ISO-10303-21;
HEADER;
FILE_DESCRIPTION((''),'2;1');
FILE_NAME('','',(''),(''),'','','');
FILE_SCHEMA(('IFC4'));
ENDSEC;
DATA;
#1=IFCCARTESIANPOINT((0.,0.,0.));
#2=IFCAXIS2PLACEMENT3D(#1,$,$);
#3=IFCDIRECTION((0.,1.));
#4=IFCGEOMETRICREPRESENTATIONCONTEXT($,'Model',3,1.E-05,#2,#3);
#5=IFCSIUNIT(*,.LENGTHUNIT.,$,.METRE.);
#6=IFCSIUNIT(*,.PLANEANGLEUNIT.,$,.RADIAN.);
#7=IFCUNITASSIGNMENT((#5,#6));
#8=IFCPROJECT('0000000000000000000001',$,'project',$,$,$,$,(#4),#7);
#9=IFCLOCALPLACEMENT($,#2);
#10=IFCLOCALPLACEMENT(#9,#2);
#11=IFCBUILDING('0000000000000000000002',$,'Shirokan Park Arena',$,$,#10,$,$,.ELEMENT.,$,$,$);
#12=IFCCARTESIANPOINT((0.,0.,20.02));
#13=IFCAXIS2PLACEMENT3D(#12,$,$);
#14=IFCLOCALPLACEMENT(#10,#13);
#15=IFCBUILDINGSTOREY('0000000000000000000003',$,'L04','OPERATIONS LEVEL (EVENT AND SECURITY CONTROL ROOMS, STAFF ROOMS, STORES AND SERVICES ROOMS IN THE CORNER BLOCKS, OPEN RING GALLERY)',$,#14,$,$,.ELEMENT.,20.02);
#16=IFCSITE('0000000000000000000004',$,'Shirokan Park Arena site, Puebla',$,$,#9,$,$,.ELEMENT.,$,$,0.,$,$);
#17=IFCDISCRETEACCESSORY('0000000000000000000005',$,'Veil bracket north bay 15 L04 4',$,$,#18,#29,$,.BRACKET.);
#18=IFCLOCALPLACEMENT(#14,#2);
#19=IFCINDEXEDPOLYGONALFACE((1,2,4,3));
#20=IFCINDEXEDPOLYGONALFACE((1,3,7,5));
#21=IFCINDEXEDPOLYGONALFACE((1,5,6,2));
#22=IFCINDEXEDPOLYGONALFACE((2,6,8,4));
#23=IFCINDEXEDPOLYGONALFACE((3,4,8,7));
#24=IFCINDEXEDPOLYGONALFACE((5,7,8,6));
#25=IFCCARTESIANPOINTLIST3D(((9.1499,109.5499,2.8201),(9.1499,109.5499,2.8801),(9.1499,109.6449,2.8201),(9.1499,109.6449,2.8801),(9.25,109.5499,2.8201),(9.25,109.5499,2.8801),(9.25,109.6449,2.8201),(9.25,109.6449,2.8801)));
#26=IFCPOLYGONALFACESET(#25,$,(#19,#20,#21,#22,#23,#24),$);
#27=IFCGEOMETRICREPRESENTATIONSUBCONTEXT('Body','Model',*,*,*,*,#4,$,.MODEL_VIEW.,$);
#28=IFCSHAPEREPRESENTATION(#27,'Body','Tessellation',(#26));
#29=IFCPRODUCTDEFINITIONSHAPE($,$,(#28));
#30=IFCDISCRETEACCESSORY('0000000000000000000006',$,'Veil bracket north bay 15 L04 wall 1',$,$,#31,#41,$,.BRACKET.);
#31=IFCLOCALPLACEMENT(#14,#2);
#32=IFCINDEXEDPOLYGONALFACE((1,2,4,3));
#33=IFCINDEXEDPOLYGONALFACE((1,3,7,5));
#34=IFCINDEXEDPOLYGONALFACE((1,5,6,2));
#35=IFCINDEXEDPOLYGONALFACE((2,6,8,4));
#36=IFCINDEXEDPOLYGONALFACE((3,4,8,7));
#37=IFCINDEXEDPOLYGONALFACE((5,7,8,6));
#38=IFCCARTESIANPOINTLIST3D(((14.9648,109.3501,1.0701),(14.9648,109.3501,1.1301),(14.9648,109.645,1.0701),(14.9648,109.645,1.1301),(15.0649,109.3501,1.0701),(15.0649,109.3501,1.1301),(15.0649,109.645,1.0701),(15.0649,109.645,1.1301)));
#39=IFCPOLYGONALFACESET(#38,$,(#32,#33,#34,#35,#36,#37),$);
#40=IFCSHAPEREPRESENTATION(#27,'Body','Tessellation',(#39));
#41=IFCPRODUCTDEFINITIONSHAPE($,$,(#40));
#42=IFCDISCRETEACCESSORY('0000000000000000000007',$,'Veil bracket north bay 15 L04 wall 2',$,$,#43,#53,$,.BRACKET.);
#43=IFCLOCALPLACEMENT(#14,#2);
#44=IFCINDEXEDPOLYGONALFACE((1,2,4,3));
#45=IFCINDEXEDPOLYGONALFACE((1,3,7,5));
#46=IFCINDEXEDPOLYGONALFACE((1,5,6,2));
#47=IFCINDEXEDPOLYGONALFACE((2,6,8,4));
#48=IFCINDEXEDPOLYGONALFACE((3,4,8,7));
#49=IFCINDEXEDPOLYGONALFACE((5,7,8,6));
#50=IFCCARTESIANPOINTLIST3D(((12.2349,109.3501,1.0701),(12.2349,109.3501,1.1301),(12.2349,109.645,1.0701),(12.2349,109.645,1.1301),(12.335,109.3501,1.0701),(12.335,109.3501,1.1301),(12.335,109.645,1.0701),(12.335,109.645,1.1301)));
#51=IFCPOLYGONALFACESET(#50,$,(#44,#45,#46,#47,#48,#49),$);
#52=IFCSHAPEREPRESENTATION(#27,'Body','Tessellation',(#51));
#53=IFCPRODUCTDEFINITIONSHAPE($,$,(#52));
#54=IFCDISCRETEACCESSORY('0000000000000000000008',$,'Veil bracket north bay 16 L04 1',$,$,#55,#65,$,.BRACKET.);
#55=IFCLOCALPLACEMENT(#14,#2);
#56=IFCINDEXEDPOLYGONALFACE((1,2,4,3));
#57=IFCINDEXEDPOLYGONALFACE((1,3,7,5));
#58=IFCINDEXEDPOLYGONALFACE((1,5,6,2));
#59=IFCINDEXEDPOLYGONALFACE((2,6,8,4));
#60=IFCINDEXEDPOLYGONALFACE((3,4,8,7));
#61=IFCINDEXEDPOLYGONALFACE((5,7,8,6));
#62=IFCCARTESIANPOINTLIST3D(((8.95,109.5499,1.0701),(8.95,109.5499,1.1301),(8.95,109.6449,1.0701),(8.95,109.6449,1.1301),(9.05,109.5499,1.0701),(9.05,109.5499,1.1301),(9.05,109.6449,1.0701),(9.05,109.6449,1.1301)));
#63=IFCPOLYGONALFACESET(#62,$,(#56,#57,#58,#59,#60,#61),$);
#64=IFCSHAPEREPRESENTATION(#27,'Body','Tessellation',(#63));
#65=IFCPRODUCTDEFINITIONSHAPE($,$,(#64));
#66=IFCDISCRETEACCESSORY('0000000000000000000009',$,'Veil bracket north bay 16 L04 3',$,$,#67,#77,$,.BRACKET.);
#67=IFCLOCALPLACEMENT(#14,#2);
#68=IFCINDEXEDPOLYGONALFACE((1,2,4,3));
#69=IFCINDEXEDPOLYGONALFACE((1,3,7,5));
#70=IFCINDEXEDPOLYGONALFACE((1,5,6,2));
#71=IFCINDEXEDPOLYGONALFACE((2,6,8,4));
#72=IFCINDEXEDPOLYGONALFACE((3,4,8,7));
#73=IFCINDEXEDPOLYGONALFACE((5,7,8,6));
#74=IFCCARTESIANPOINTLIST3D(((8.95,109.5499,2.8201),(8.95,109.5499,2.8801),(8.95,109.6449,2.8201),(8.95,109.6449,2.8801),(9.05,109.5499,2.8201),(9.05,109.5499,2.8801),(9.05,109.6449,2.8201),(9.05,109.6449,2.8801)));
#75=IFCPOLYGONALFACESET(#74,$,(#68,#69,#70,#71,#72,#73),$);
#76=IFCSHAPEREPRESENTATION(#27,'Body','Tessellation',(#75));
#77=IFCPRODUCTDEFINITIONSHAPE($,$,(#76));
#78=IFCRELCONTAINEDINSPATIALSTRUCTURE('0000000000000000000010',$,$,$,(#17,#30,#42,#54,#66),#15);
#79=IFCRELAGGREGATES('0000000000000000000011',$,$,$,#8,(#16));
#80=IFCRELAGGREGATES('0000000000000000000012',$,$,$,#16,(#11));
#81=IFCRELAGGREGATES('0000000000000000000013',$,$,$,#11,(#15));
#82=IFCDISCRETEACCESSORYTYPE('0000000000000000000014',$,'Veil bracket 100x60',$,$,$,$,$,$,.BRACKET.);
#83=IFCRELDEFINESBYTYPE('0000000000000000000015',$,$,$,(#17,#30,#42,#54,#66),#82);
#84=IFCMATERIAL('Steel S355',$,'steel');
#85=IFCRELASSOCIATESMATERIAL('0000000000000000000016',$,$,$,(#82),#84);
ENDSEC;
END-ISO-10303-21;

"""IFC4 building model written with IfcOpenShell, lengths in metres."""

from ifc_helpers import new_model, si_unit, direction, frame, origin, origin_2d, place, context, subcontext, project, spatial, rectangle, extrude, material, type_object, element, save


model = new_model("IFC4")

# Units and contexts
model_context = context("Model", 3, precision=1e-05, world=origin(), true_north=direction((0.0, 1.0)))
body_context = subcontext(model_context, "Body", "Model", "MODEL_VIEW")
ifc_project = project(units=[si_unit("LENGTHUNIT", "METRE"), si_unit("PLANEANGLEUNIT", "RADIAN")], contexts=[model_context])

# Site, building, storey
site_placement = place(None, origin())
site = spatial("IfcSite", under=ifc_project, at=site_placement, Name="Shirokan Park Arena site, Puebla", CompositionType="ELEMENT", RefElevation=0.0)
building_placement = place(site_placement, origin())
building = spatial("IfcBuilding", under=site, at=building_placement, Name="Shirokan Park Arena", CompositionType="ELEMENT")
storey_placement = place(building_placement, frame((0.0, 0.0, 20.02)))
storey = spatial("IfcBuildingStorey", under=building, at=storey_placement, Name="L04", Description="OPERATIONS LEVEL (EVENT AND SECURITY CONTROL ROOMS, STAFF ROOMS, STORES AND SERVICES ROOMS IN THE CORNER BLOCKS, OPEN RING GALLERY)", CompositionType="ELEMENT", Elevation=20.02)

# Discrete accessories
ifc_material_1 = material(Name="Steel S355", Category="steel")
discrete_accessory_type = type_object("IfcDiscreteAccessoryType", Name="Veil bracket 100x60", PredefinedType="BRACKET", material=ifc_material_1)
for number, where, z_axis, x_axis, name in (
    (1, (9.2, 109.5974, 2.8201), (0.0, 0.0, 1.0), (-1.0, 0.0, 0.0), "Veil bracket north bay 15 L04 4"),
):
    element("IfcDiscreteAccessory", number, at=place(storey_placement, frame(where, z_axis=z_axis, x_axis=x_axis)), inside=storey, type_object=discrete_accessory_type, Name=name, PredefinedType="BRACKET", context=body_context, shape_type="SweptSolid", body=[
        extrude(rectangle(XDim=0.1001, YDim=0.095, at=origin_2d()), origin(), (0.0, 0.0, 1.0), 0.0601),
    ])
for number, where, z_axis, x_axis, name in (
    (2, (15.0149, 109.4976, 1.0701), (0.0, 0.0, 1.0), (-1.0, 0.0, 0.0), "Veil bracket north bay 15 L04 wall 1"),
    (3, (12.2849, 109.4976, 1.0701), (0.0, 0.0, 1.0), (-1.0, 0.0, 0.0), "Veil bracket north bay 15 L04 wall 2"),
):
    element("IfcDiscreteAccessory", number, at=place(storey_placement, frame(where, z_axis=z_axis, x_axis=x_axis)), inside=storey, type_object=discrete_accessory_type, Name=name, PredefinedType="BRACKET", context=body_context, shape_type="SweptSolid", body=[
        extrude(rectangle(XDim=0.1001, YDim=0.2949, at=origin_2d()), origin(), (0.0, 0.0, 1.0), 0.0601),
    ])
for number, where, z_axis, x_axis, name in (
    (4, (9.0, 109.5974, 1.0701), (0.0, 0.0, 1.0), (-1.0, 0.0, 0.0), "Veil bracket north bay 16 L04 1"),
    (5, (9.0, 109.5974, 2.8201), (0.0, 0.0, 1.0), (-1.0, 0.0, 0.0), "Veil bracket north bay 16 L04 3"),
):
    element("IfcDiscreteAccessory", number, at=place(storey_placement, frame(where, z_axis=z_axis, x_axis=x_axis)), inside=storey, type_object=discrete_accessory_type, Name=name, PredefinedType="BRACKET", context=body_context, shape_type="SweptSolid", body=[
        extrude(rectangle(XDim=0.1001, YDim=0.095, at=origin_2d()), origin(), (0.0, 0.0, 1.0), 0.0601),
    ])

save(model, "model.ifc")
